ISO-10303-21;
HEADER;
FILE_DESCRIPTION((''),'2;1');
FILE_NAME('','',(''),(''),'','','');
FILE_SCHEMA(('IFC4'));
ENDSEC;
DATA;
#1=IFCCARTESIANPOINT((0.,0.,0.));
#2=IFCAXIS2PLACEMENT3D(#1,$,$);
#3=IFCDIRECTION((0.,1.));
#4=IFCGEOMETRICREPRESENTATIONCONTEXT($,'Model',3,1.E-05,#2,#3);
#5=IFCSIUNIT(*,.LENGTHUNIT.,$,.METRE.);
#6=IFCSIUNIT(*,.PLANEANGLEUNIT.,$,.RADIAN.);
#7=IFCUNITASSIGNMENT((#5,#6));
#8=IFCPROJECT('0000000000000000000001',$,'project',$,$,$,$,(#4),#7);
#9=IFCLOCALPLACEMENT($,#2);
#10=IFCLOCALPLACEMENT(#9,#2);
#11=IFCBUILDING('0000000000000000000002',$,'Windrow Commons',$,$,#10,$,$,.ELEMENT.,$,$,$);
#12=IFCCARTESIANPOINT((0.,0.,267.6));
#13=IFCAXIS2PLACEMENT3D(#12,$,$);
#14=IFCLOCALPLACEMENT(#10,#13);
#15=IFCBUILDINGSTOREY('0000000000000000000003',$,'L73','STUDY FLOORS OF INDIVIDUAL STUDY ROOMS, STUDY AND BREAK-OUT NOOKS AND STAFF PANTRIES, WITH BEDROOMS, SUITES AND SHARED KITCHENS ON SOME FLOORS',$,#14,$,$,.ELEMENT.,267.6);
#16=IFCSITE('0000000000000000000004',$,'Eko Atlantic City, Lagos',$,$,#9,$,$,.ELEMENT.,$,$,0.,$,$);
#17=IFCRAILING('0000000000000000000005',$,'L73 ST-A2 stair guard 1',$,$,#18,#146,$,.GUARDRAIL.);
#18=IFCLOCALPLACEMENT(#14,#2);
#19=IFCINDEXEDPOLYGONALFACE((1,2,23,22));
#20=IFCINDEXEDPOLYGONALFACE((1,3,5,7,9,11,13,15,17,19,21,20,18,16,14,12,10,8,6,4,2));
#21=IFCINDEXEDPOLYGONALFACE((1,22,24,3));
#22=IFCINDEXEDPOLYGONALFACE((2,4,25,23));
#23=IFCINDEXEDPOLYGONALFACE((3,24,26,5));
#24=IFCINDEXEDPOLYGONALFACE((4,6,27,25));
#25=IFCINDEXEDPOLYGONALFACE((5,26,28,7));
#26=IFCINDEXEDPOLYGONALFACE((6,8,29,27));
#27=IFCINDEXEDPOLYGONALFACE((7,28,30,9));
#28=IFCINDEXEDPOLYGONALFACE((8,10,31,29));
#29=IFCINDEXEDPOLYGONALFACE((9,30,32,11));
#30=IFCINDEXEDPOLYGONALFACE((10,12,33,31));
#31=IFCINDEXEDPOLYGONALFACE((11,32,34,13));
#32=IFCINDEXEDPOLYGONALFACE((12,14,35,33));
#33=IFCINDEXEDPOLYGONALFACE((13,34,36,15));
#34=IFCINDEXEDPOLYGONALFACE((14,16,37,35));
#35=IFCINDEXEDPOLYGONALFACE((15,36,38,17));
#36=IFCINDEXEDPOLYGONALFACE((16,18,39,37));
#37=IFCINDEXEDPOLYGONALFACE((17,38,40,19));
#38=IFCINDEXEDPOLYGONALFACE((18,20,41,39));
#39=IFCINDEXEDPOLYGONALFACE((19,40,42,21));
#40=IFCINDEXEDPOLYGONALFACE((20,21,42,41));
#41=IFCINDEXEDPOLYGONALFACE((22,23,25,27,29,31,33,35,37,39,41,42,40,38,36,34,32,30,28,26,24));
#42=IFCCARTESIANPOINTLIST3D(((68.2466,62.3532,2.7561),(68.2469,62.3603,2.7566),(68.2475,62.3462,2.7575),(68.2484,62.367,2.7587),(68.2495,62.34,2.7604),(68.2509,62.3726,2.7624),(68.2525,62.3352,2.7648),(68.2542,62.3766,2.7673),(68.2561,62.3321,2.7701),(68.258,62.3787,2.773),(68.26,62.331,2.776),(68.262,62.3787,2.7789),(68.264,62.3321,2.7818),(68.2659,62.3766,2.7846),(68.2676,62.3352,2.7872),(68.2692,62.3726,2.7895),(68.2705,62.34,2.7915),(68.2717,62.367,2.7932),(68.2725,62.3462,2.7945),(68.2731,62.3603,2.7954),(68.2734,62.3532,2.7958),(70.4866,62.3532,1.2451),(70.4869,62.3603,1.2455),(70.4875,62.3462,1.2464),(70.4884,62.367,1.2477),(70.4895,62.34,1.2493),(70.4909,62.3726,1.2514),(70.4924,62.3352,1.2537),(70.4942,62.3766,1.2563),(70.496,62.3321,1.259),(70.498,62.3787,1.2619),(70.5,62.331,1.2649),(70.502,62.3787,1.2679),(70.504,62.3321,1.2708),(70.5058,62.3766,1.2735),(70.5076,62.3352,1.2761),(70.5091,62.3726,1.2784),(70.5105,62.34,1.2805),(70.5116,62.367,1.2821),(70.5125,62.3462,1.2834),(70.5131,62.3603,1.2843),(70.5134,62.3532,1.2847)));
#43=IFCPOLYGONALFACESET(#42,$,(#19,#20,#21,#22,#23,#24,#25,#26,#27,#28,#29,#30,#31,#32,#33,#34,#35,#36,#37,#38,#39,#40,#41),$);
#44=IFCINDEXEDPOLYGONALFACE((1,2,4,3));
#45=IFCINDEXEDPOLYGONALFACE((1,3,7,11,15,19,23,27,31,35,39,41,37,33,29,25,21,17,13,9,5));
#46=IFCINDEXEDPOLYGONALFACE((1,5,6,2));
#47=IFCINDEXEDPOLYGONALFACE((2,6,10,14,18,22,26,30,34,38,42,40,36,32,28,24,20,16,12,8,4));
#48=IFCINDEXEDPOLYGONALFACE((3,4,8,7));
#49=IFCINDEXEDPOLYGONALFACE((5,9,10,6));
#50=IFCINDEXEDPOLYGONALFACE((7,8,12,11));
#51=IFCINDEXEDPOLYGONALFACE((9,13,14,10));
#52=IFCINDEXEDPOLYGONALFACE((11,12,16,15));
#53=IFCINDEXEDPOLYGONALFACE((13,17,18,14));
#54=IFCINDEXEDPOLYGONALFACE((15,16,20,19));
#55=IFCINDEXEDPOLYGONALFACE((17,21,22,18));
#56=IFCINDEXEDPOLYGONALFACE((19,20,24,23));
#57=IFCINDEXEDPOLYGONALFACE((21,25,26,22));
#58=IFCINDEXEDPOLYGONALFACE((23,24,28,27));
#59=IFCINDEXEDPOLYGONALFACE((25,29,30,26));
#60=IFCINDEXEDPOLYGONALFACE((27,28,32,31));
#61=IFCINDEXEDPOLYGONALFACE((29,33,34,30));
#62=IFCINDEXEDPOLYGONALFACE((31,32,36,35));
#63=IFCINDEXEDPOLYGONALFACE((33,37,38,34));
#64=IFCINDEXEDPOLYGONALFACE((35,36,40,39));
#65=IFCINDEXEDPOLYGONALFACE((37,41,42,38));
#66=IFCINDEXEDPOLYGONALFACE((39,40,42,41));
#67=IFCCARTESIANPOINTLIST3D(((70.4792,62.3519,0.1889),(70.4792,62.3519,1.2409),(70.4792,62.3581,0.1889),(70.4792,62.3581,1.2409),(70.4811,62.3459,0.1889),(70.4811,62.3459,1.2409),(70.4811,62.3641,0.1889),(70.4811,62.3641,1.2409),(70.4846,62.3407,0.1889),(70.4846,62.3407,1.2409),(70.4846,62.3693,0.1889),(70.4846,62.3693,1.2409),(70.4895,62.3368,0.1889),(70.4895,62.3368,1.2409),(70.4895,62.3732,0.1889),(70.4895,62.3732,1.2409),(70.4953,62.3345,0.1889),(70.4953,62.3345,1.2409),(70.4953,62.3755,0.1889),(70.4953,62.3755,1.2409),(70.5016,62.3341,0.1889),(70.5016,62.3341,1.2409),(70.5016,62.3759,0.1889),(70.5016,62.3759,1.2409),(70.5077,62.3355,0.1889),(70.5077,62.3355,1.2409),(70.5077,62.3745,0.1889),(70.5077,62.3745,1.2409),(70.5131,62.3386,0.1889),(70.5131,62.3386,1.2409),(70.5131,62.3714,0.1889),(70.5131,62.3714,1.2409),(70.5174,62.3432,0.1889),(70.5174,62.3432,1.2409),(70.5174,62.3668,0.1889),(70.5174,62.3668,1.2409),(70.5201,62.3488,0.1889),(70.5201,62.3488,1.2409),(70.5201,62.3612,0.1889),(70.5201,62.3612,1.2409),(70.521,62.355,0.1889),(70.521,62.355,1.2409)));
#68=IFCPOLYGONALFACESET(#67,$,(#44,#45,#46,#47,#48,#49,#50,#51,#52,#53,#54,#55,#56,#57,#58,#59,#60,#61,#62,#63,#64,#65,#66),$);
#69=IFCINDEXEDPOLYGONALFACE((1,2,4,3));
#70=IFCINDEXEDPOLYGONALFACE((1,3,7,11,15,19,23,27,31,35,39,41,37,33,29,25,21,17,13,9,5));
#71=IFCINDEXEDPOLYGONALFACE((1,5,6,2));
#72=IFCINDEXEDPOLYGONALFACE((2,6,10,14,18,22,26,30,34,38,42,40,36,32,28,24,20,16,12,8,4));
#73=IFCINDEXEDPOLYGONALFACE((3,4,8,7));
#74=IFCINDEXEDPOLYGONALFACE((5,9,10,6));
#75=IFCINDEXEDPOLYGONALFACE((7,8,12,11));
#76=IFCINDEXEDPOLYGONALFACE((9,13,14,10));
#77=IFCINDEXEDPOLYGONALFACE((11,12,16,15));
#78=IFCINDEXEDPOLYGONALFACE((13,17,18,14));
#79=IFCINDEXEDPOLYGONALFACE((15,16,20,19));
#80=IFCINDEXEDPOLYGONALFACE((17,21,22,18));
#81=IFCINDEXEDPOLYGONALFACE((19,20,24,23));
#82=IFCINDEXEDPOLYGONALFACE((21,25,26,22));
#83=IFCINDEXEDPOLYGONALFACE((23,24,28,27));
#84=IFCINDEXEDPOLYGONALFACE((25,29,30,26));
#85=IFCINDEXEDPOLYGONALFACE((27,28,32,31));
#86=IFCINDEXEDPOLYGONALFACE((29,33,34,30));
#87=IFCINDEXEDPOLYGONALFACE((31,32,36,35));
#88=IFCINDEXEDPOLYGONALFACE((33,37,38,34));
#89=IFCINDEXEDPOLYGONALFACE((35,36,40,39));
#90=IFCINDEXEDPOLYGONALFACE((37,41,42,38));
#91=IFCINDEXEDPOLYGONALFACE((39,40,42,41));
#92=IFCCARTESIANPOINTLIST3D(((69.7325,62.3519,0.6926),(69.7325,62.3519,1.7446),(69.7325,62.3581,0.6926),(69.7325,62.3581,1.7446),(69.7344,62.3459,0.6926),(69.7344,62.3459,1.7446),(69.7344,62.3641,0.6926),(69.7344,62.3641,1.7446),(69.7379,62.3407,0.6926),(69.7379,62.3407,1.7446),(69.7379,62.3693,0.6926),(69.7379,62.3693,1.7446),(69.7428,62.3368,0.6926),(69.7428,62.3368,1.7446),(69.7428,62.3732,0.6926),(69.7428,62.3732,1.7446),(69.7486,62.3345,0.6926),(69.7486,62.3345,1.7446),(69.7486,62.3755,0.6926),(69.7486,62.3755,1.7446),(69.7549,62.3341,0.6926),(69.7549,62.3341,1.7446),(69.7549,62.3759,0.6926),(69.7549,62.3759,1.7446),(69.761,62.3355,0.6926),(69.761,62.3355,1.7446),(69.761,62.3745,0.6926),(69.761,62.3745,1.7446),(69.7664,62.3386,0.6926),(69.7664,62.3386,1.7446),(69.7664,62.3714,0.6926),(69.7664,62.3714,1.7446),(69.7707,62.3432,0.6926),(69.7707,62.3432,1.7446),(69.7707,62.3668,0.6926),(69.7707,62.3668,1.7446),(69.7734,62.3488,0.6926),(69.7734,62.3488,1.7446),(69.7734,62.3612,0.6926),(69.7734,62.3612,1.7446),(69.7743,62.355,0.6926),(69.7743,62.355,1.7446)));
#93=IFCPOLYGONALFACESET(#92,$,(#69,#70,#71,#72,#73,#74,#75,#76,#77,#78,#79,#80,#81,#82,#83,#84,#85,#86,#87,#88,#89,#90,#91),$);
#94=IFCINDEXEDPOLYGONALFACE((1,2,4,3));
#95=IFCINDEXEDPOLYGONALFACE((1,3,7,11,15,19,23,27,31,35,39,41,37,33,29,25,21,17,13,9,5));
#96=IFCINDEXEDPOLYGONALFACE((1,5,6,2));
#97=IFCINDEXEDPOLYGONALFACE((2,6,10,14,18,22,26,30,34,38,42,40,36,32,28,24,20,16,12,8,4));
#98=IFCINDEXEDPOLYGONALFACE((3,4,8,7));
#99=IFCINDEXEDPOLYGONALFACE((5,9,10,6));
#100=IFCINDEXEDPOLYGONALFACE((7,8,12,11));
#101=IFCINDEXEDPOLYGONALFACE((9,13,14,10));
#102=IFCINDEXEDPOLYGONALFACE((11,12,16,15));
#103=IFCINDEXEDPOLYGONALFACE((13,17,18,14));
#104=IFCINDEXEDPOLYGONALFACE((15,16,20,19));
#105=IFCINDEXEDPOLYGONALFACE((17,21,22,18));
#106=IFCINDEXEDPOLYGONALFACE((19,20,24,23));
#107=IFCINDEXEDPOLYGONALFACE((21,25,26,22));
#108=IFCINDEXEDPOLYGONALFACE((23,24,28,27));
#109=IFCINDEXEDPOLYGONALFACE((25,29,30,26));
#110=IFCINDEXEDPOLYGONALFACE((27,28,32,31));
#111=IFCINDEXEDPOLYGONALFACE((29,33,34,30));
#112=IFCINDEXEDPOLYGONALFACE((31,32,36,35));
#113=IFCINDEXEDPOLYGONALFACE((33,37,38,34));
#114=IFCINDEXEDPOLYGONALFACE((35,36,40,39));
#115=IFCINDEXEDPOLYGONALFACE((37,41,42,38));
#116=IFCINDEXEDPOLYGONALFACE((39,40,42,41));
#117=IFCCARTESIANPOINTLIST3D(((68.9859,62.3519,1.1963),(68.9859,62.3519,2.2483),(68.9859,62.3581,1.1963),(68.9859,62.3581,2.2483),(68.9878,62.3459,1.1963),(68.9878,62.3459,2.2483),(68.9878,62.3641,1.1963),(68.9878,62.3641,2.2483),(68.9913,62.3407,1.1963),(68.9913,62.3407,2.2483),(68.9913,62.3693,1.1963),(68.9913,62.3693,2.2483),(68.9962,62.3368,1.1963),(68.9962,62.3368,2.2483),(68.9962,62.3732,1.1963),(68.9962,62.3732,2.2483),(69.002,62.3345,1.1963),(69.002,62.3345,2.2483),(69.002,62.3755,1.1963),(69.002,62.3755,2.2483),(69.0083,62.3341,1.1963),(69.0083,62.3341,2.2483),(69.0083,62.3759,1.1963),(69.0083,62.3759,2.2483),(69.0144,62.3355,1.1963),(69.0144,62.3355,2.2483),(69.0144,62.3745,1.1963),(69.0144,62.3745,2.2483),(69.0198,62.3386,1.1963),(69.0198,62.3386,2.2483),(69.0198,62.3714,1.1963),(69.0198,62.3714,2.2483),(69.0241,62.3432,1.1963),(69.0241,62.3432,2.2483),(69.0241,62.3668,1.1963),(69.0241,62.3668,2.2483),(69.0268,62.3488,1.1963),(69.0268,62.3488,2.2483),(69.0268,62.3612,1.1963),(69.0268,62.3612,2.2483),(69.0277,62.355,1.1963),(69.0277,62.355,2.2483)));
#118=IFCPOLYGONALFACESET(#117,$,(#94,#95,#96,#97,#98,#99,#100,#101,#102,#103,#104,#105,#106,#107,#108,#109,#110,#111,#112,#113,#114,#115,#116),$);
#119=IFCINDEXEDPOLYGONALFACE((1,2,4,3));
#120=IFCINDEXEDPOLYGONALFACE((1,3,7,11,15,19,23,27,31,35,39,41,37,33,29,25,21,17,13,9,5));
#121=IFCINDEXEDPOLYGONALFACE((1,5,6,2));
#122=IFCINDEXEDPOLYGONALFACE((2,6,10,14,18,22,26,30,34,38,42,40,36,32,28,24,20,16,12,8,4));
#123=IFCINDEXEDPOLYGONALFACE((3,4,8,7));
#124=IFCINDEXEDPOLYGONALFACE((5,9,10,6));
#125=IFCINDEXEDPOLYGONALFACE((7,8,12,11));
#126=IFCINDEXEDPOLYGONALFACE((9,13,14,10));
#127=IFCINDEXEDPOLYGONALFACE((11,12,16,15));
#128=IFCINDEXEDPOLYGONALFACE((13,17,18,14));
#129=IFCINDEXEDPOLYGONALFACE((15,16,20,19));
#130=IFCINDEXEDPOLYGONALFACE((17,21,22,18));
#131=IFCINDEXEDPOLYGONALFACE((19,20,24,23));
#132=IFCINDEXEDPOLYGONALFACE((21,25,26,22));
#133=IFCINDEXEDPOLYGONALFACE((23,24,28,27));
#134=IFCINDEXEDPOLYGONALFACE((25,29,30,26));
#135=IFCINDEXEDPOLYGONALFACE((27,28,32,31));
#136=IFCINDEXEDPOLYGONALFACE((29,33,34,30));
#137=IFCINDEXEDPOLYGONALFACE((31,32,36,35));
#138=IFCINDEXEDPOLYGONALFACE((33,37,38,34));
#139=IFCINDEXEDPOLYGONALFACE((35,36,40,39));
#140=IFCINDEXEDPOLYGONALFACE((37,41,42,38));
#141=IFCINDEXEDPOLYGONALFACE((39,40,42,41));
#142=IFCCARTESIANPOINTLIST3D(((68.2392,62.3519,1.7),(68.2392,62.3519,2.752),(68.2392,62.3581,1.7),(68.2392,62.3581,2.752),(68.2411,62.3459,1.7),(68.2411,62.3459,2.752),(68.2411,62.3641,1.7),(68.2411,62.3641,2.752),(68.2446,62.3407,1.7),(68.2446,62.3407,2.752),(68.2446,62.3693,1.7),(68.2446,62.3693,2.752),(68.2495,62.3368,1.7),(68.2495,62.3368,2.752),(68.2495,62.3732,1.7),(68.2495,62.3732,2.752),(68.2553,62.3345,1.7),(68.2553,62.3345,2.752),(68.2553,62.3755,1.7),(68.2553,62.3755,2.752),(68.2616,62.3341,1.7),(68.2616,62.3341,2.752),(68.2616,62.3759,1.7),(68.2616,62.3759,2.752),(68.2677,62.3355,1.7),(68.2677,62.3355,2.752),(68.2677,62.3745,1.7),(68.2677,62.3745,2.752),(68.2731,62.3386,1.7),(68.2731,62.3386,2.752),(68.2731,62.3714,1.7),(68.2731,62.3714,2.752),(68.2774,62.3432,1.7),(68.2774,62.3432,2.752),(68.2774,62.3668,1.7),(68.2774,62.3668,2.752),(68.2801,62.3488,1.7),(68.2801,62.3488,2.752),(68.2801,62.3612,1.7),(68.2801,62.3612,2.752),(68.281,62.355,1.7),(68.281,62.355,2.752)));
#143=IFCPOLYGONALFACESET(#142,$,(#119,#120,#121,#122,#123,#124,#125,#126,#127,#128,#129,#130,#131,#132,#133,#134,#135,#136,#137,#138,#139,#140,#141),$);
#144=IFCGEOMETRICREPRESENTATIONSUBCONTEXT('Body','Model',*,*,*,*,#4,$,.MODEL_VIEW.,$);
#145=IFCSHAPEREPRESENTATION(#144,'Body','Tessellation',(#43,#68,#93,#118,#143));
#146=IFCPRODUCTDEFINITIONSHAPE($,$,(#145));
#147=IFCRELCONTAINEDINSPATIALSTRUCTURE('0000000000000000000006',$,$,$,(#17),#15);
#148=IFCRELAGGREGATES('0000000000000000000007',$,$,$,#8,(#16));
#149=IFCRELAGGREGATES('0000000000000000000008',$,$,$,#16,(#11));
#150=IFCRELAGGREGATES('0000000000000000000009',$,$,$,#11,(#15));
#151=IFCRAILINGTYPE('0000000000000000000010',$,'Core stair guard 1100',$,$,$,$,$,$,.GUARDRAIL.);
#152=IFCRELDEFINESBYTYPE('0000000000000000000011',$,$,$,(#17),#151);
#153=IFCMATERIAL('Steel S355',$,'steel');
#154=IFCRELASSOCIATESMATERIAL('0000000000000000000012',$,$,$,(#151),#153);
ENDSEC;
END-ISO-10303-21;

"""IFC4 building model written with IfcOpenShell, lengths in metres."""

from ifc_helpers import new_model, si_unit, direction, frame, origin, origin_2d, place, context, subcontext, project, spatial, circle, extrude, material, type_object, element, save


model = new_model("IFC4")

# Units and contexts
model_context = context("Model", 3, precision=1e-05, world=origin(), true_north=direction((0.0, 1.0)))
body_context = subcontext(model_context, "Body", "Model", "MODEL_VIEW")
ifc_project = project(units=[si_unit("LENGTHUNIT", "METRE"), si_unit("PLANEANGLEUNIT", "RADIAN")], contexts=[model_context])

# Site, building, storey
site_placement = place(None, origin())
site = spatial("IfcSite", under=ifc_project, at=site_placement, Name="Eko Atlantic City, Lagos", CompositionType="ELEMENT", RefElevation=0.0)
building_placement = place(site_placement, origin())
building = spatial("IfcBuilding", under=site, at=building_placement, Name="Windrow Commons", CompositionType="ELEMENT")
storey_placement = place(building_placement, frame((0.0, 0.0, 267.6)))
storey = spatial("IfcBuildingStorey", under=building, at=storey_placement, Name="L73", Description="STUDY FLOORS OF INDIVIDUAL STUDY ROOMS, STUDY AND BREAK-OUT NOOKS AND STAFF PANTRIES, WITH BEDROOMS, SUITES AND SHARED KITCHENS ON SOME FLOORS", CompositionType="ELEMENT", Elevation=267.6)

# Railing
ifc_material_1 = material(Name="Steel S355", Category="steel")
railing_type_1 = type_object("IfcRailingType", Name="Core stair guard 1100", PredefinedType="GUARDRAIL", material=ifc_material_1)
railing_1_placement = place(storey_placement, frame((70.5, 62.355, 0.1889)))
element("IfcRailing", 1, at=railing_1_placement, inside=storey, type_object=railing_type_1, Name="L73 ST-A2 stair guard 1", PredefinedType="GUARDRAIL", context=body_context, shape_type="SweptSolid", body=[
    extrude(circle(Radius=0.024, at=origin_2d()), frame((0.0, 0.0, 1.076), z_axis=(-0.829003, 0.0, 0.559244), x_axis=(0.0, -1.0, 0.0)), (0.0, 0.0, 1.0), 2.702),
    extrude(circle(Radius=0.021, at=origin_2d()), origin(), (0.0, 0.0, 1.0), 1.052),
    extrude(circle(Radius=0.021, at=origin_2d()), frame((-0.7467, 0.0, 0.5037)), (0.0, 0.0, 1.0), 1.052),
    extrude(circle(Radius=0.021, at=origin_2d()), frame((-1.4933, 0.0, 1.0074)), (0.0, 0.0, 1.0), 1.052),
    extrude(circle(Radius=0.021, at=origin_2d()), frame((-2.24, 0.0, 1.5111)), (0.0, 0.0, 1.0), 1.052),
])

save(model, "model.ifc")
